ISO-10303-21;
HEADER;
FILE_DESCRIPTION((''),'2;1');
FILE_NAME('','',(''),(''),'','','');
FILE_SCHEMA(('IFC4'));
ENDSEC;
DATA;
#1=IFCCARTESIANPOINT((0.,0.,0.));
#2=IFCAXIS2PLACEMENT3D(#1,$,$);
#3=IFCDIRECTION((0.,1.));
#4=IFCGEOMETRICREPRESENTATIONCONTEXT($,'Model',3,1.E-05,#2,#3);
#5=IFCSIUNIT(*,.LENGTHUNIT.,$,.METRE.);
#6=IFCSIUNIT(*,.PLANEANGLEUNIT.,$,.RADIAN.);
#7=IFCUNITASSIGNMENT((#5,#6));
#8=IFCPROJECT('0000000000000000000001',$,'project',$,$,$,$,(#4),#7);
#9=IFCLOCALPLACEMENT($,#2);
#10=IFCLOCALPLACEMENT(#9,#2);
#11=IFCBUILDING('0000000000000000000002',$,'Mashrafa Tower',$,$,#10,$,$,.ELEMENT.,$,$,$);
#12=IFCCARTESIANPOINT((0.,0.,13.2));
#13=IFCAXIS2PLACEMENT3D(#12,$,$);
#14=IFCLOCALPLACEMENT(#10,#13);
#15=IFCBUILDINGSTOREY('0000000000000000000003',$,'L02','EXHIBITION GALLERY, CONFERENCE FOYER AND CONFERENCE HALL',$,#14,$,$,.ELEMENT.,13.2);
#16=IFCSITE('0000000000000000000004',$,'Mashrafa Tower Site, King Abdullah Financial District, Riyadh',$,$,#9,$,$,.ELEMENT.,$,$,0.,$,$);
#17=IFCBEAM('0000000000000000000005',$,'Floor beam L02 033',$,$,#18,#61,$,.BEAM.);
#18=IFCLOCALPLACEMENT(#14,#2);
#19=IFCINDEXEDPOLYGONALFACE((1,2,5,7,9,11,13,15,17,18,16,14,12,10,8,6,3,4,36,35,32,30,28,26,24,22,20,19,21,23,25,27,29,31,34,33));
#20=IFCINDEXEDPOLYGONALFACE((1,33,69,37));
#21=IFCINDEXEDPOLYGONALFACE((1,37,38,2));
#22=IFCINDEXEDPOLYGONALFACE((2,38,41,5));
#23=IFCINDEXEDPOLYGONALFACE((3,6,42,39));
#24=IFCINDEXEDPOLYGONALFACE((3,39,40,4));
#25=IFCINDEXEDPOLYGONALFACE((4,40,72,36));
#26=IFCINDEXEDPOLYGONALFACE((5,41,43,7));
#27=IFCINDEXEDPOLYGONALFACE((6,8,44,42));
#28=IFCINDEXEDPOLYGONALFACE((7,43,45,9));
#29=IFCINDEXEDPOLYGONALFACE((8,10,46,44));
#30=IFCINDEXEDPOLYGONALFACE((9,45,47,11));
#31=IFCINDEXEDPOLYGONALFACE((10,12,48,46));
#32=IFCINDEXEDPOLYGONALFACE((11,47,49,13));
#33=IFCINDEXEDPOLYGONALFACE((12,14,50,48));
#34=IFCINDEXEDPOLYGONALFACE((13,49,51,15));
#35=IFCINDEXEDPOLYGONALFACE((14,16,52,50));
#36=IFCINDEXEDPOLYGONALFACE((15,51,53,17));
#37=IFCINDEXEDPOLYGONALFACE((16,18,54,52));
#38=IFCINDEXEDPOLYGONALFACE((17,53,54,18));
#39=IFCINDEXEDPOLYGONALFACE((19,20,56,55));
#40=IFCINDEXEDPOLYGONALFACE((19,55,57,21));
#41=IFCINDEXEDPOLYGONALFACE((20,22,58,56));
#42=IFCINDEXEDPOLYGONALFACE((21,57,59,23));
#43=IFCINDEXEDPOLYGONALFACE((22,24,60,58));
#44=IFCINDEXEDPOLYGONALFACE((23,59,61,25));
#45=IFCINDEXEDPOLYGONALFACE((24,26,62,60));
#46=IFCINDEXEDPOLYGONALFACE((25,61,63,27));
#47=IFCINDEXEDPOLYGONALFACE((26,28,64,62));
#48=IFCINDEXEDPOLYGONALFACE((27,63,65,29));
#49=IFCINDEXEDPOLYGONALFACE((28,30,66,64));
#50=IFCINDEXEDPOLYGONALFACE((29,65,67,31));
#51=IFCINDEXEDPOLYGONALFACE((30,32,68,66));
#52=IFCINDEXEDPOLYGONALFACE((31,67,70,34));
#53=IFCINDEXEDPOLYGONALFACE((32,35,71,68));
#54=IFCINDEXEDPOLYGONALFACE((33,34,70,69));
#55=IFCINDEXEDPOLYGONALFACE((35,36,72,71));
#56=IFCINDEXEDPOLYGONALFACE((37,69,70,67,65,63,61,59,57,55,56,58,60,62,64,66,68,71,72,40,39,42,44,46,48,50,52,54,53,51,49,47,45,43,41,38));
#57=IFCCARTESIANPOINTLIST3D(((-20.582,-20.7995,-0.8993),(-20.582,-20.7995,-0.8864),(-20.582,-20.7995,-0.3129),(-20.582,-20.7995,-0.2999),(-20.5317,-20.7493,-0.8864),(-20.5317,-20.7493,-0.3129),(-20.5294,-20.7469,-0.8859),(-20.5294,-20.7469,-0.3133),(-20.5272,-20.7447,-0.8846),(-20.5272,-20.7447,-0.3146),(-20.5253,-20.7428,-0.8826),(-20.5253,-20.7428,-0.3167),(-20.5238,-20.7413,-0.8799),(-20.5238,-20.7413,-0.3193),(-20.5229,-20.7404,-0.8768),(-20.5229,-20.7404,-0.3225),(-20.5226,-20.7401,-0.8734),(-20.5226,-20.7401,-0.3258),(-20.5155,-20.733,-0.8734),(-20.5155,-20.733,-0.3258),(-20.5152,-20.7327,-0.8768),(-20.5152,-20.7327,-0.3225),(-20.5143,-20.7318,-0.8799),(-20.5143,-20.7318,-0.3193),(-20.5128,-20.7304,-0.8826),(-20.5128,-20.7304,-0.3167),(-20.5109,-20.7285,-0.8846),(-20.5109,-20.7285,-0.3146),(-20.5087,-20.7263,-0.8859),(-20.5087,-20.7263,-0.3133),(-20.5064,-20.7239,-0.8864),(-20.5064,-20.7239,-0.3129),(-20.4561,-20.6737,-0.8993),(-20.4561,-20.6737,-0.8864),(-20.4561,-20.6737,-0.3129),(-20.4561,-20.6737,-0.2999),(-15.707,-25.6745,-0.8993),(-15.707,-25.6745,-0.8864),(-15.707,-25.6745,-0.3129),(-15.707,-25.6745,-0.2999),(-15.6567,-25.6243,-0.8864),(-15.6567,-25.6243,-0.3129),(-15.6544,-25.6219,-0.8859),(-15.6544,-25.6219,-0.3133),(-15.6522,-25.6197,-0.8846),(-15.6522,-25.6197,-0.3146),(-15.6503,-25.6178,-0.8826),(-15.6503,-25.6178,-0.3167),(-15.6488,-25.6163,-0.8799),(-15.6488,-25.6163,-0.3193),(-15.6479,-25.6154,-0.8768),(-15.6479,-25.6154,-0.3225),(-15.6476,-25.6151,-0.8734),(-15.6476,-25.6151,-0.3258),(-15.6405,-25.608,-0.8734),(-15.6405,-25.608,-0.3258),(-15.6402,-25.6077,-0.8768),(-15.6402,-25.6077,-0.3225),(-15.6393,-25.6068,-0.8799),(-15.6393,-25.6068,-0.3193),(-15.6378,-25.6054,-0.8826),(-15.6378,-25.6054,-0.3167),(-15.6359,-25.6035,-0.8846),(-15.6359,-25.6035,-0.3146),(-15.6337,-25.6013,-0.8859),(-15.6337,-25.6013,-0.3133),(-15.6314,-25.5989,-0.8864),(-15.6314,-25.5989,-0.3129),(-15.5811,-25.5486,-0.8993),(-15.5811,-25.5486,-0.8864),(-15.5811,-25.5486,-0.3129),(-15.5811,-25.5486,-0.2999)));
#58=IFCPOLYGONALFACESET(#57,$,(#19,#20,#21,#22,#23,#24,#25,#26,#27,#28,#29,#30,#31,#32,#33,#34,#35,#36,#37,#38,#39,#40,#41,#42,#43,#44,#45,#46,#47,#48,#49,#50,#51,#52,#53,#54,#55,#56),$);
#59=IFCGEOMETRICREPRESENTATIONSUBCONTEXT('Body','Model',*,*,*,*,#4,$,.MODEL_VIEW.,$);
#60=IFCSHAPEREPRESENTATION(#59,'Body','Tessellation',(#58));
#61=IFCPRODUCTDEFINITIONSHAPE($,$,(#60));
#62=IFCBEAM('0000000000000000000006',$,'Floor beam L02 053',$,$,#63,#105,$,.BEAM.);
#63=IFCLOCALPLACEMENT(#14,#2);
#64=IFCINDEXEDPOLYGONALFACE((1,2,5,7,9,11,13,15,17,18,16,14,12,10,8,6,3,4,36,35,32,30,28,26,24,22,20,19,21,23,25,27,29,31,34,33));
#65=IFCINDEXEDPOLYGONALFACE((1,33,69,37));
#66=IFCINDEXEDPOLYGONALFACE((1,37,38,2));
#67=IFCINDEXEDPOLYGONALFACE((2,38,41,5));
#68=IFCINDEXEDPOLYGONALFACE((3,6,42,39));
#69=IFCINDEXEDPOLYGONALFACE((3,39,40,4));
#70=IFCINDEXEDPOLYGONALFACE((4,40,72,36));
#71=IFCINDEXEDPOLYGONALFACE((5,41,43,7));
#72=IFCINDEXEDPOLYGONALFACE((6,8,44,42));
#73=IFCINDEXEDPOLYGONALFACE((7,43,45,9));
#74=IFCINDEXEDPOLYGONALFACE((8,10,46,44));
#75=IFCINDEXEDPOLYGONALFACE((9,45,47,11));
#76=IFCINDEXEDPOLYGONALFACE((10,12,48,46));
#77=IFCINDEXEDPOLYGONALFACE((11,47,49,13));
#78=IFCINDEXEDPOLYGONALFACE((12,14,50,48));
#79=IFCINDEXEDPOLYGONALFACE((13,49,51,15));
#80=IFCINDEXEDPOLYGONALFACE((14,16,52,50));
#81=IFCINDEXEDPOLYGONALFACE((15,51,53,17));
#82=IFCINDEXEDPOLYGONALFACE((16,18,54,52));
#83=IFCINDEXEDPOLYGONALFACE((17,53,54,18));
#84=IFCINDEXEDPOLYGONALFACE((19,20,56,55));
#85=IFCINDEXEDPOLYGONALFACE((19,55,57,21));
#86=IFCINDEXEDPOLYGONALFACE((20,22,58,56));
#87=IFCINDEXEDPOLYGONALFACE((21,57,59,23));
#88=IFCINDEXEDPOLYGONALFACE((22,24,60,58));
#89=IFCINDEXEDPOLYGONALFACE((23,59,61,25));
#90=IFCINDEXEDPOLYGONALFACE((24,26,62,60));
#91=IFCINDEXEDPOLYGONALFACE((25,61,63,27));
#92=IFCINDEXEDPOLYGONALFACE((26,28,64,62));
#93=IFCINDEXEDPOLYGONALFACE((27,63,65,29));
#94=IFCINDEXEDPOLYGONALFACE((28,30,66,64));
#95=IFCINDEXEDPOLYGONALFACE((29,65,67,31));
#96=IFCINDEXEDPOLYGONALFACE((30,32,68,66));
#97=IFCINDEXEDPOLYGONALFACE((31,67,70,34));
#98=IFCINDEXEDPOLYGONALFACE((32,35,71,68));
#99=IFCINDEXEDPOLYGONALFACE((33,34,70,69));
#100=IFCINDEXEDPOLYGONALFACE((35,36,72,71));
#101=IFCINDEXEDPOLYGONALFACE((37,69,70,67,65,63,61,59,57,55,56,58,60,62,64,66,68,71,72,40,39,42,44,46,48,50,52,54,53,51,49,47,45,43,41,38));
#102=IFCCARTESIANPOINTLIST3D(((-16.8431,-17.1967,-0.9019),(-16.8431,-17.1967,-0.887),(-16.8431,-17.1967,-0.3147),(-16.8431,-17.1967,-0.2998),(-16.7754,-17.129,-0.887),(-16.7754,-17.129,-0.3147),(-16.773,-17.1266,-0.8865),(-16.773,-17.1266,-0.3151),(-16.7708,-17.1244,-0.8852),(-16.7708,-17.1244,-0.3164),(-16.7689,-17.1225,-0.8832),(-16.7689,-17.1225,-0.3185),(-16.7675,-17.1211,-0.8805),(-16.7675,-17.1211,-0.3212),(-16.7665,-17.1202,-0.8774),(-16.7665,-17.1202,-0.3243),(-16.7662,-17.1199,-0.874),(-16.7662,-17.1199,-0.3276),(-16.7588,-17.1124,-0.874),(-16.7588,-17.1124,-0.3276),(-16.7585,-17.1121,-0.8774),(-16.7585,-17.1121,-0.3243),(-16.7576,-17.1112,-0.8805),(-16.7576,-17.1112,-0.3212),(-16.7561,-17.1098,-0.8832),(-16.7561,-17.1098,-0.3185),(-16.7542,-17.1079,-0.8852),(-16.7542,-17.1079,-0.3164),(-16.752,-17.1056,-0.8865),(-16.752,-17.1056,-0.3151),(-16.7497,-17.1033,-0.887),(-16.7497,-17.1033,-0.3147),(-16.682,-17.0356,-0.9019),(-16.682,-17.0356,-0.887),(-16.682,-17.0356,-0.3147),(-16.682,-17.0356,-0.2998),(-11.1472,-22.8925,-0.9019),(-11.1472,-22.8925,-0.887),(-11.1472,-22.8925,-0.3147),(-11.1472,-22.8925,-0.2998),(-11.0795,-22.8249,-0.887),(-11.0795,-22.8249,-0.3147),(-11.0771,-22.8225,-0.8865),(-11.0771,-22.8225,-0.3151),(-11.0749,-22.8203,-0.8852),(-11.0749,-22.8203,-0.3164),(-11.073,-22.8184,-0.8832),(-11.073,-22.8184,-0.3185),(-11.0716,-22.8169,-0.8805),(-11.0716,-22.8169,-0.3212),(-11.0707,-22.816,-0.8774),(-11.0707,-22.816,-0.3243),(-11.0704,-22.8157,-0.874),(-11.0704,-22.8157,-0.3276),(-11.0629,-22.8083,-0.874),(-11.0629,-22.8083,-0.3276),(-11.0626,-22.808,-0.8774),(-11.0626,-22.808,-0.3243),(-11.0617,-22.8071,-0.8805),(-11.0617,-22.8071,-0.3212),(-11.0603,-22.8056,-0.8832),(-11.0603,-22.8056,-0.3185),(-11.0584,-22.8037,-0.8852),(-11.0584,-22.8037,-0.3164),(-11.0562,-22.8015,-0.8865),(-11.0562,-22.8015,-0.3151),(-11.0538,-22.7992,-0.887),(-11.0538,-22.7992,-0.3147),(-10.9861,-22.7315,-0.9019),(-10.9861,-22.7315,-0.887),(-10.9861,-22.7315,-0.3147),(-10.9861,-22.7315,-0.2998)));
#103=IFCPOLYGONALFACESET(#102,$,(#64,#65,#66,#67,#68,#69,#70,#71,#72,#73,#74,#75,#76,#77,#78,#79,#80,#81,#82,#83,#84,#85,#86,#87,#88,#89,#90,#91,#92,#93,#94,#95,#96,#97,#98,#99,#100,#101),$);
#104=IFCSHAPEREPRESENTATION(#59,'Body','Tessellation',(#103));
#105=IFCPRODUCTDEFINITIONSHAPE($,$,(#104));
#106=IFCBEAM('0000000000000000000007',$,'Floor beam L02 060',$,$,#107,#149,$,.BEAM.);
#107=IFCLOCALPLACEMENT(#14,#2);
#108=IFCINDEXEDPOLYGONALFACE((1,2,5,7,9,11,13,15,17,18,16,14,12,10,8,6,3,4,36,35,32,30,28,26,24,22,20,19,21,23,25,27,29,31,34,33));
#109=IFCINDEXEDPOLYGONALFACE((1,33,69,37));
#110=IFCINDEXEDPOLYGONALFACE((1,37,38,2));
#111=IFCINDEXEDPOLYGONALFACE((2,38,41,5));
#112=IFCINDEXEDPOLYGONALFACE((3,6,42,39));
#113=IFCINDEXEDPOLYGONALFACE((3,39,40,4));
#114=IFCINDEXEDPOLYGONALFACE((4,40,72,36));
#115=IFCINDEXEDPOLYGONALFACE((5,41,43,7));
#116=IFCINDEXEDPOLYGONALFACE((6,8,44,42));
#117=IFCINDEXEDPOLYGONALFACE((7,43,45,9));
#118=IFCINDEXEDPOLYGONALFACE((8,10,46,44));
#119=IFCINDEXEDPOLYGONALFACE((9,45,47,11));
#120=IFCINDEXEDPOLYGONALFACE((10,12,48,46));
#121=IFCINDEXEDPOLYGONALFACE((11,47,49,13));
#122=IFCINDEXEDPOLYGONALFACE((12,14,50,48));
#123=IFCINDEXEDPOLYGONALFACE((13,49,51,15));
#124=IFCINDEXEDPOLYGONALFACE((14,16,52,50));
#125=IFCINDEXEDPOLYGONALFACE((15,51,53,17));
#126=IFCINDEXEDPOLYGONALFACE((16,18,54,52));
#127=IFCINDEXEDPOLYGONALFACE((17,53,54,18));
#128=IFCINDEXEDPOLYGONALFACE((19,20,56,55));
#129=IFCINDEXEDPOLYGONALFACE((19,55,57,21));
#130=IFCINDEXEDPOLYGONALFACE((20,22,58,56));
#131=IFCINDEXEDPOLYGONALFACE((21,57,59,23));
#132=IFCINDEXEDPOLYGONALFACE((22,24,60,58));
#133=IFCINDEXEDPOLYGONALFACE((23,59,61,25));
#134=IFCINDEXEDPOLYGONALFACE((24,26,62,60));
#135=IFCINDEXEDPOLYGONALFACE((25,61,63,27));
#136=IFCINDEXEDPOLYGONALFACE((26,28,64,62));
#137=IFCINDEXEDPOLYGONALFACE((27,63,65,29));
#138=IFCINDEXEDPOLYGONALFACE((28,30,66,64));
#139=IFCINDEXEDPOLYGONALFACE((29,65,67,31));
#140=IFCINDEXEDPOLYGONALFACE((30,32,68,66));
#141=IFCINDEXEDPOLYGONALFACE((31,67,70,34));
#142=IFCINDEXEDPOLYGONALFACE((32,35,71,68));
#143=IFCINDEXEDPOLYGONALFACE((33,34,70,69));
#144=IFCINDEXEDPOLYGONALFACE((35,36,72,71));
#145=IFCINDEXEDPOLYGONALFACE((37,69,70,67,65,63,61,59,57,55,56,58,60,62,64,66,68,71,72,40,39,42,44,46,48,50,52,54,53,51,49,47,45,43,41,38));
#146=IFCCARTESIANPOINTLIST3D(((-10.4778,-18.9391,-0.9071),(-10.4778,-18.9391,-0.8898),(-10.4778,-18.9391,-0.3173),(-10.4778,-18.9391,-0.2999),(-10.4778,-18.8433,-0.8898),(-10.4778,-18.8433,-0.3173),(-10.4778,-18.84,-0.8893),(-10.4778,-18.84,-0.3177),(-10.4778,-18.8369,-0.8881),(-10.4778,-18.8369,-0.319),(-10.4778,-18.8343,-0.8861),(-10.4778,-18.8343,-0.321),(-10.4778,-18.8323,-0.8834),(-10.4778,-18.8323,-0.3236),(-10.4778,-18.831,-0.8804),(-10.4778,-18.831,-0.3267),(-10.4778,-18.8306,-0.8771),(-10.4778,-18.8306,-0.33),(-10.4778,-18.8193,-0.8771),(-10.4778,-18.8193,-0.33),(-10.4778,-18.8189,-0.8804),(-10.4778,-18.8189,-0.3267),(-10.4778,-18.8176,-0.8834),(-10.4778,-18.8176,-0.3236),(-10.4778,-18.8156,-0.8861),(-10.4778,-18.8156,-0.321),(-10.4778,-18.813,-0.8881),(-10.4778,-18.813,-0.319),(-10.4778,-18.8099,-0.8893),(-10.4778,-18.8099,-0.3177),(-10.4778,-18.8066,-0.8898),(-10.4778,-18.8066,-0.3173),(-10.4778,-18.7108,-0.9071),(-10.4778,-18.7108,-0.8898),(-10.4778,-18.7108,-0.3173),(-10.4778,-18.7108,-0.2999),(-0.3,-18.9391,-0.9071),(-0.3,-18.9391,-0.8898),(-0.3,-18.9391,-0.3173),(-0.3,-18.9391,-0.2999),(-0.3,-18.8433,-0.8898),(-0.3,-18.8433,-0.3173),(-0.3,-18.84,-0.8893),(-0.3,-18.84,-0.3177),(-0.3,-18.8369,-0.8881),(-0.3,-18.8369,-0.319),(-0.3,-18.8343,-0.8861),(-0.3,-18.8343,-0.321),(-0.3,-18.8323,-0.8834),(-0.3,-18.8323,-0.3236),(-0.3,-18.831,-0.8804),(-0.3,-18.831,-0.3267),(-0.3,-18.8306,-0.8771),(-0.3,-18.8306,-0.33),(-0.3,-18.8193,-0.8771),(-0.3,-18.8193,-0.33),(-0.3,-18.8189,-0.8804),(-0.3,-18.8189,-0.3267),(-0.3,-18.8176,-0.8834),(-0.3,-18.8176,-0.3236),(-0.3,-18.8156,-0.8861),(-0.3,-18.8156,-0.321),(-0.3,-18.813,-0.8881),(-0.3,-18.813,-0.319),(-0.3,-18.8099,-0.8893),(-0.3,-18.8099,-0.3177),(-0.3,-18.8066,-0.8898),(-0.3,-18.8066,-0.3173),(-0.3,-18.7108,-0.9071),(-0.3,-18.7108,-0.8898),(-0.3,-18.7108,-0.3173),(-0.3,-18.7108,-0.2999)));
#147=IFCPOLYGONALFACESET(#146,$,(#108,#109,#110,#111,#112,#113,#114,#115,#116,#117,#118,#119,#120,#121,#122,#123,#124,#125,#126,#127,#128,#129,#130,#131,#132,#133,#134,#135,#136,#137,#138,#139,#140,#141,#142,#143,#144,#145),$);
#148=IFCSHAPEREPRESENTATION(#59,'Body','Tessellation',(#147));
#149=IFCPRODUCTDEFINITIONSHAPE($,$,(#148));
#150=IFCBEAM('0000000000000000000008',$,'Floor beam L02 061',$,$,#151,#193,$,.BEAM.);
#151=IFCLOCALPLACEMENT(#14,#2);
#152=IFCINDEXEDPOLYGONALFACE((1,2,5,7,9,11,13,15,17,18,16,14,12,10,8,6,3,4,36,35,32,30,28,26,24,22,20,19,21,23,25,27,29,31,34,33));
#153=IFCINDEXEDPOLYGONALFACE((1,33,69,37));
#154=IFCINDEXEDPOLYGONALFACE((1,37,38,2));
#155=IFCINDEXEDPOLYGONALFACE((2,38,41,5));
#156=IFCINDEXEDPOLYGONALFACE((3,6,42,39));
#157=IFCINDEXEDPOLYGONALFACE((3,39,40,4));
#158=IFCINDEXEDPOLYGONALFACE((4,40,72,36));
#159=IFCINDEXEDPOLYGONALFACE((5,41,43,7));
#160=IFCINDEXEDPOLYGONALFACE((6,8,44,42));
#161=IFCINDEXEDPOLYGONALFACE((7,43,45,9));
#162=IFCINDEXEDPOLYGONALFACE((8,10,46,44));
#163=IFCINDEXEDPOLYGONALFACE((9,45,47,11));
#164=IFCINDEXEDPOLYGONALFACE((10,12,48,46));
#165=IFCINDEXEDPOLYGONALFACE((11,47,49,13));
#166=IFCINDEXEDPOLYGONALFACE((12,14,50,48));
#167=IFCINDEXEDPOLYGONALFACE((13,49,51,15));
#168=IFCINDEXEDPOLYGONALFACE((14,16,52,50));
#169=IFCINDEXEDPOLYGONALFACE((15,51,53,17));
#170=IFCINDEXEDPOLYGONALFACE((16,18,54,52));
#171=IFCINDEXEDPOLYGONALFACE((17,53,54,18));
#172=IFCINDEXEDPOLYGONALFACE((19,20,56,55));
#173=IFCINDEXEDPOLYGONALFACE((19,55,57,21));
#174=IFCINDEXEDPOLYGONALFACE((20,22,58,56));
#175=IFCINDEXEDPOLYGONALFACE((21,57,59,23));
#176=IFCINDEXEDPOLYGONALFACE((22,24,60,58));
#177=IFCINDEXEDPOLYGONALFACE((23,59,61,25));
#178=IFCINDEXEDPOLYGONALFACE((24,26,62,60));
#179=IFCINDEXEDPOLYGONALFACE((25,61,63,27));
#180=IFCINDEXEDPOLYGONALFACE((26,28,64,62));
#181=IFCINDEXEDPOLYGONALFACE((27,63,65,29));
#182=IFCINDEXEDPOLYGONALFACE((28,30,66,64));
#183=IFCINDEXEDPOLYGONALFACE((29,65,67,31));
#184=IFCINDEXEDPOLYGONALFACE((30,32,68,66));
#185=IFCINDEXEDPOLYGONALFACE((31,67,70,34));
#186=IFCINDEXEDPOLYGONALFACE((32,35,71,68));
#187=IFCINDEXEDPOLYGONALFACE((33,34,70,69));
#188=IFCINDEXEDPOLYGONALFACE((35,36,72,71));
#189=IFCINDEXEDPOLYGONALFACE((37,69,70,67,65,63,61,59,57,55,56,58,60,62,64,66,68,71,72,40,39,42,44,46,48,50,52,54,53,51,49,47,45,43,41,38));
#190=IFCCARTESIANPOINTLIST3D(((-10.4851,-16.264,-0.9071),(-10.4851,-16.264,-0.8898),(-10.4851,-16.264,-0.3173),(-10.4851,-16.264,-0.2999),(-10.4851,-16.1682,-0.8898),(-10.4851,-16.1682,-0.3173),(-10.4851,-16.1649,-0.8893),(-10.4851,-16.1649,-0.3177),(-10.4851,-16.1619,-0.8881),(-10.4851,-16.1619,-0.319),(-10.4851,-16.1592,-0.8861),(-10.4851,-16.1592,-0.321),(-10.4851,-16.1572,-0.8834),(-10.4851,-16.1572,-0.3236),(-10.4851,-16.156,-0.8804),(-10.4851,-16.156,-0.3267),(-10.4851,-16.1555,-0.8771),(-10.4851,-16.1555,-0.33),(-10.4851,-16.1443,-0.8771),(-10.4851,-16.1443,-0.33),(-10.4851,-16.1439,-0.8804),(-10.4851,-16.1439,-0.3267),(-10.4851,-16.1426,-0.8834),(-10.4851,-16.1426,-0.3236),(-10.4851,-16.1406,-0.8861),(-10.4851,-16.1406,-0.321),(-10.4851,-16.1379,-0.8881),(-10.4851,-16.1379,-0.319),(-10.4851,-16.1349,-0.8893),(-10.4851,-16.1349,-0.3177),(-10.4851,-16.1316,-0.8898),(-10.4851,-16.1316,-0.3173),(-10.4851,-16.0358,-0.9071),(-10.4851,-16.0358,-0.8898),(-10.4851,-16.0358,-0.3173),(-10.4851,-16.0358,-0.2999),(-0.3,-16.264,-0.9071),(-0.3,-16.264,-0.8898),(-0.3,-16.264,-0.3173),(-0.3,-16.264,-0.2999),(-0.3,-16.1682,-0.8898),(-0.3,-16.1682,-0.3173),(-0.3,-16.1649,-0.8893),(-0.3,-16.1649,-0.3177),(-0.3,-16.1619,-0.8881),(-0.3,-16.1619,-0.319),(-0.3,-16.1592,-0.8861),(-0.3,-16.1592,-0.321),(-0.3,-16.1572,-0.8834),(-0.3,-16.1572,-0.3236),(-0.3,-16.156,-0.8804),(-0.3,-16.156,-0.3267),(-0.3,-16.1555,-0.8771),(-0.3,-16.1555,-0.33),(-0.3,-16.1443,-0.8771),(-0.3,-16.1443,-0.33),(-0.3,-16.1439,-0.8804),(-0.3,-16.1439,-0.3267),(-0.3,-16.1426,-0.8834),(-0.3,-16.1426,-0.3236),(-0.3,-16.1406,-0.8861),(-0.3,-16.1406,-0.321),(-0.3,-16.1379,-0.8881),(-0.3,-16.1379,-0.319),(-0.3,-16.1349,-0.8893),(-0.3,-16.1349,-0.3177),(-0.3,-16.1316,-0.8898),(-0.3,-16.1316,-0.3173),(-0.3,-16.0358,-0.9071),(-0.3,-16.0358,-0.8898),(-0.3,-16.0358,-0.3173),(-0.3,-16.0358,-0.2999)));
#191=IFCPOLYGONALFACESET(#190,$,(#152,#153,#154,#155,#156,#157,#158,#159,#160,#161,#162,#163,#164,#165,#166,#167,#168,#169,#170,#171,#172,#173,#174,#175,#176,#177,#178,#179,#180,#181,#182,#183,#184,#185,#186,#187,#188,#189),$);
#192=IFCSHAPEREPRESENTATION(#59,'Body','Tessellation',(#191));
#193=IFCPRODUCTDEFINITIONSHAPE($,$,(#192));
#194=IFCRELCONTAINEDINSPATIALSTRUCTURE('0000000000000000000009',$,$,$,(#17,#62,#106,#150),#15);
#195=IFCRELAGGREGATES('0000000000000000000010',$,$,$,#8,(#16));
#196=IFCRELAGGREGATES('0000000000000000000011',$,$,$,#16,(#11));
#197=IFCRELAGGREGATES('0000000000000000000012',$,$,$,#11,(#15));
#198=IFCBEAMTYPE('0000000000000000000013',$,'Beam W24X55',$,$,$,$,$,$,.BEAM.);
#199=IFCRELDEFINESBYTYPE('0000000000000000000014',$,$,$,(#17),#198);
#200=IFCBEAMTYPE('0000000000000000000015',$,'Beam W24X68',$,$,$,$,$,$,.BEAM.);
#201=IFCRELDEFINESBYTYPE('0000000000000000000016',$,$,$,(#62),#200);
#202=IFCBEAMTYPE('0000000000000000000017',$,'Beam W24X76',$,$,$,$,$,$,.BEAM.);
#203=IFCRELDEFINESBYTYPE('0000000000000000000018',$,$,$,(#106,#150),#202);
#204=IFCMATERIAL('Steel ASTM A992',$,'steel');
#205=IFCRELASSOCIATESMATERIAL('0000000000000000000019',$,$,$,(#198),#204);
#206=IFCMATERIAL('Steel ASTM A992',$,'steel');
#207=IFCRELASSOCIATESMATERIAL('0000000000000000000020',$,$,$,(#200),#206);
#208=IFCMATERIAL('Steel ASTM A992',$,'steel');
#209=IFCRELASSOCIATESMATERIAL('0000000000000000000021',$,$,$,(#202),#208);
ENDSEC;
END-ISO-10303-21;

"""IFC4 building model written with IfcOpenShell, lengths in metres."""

from ifc_helpers import new_model, si_unit, direction, frame, origin, origin_2d, place, context, subcontext, project, spatial, i_section, extrude, material, material_profile, profile_set, type_object, element, save


model = new_model("IFC4")

# Units and contexts
model_context = context("Model", 3, precision=1e-05, world=origin(), true_north=direction((0.0, 1.0)))
body_context = subcontext(model_context, "Body", "Model", "MODEL_VIEW")
ifc_project = project(units=[si_unit("LENGTHUNIT", "METRE"), si_unit("PLANEANGLEUNIT", "RADIAN")], contexts=[model_context])

# Site, building, storey
site_placement = place(None, origin())
site = spatial("IfcSite", under=ifc_project, at=site_placement, Name="Mashrafa Tower Site, King Abdullah Financial District, Riyadh", CompositionType="ELEMENT", RefElevation=0.0)
building_placement = place(site_placement, origin())
building = spatial("IfcBuilding", under=site, at=building_placement, Name="Mashrafa Tower", CompositionType="ELEMENT")
storey_placement = place(building_placement, frame((0.0, 0.0, 13.2)))
storey = spatial("IfcBuildingStorey", under=building, at=storey_placement, Name="L02", Description="EXHIBITION GALLERY, CONFERENCE FOYER AND CONFERENCE HALL", CompositionType="ELEMENT", Elevation=13.2)

# Beams
ifc_material_1 = material(Name="Steel ASTM A992", Category="steel")
ifc_material_profile_1 = material_profile(ifc_material_1, i_section(OverallWidth=0.178, OverallDepth=0.5994, WebThickness=0.01, FlangeThickness=0.0129, FilletRadius=0.0129, at=origin_2d()), Name="W24X55")
ifc_profile_set_1 = profile_set([ifc_material_profile_1], Name="Steel ASTM A992")
beam_type_1 = type_object("IfcBeamType", Name="Beam W24X55", PredefinedType="BEAM", material=ifc_profile_set_1)
beam_1_placement = place(storey_placement, frame((-15.644, -25.6116, -0.5996), z_axis=(-0.707107, 0.707107, 0.0), x_axis=(-0.707107, -0.707107, 0.0)))
element("IfcBeam", 1, at=beam_1_placement, inside=storey, type_object=beam_type_1, Name="Floor beam L02 033", PredefinedType="BEAM", context=body_context, shape_type="SweptSolid", body=[
    extrude(i_section(OverallWidth=0.178, OverallDepth=0.5994, WebThickness=0.01, FlangeThickness=0.0129, FilletRadius=0.0129, at=origin_2d()), origin(), (0.0, 0.0, 1.0), 6.8943),
])
ifc_material_2 = material(Name="Steel ASTM A992", Category="steel")
ifc_material_profile_2 = material_profile(ifc_material_2, i_section(OverallWidth=0.2278, OverallDepth=0.6021, WebThickness=0.0105, FlangeThickness=0.0149, FilletRadius=0.0129, at=origin_2d()), Name="W24X68")
ifc_profile_set_2 = profile_set([ifc_material_profile_2], Name="Steel ASTM A992")
beam_type_2 = type_object("IfcBeamType", Name="Beam W24X68", PredefinedType="BEAM", material=ifc_profile_set_2)
beam_2_placement = place(storey_placement, frame((-11.0667, -22.812, -0.6008), z_axis=(-0.707107, 0.707107, 0.0), x_axis=(-0.707107, -0.707107, 0.0)))
element("IfcBeam", 2, at=beam_2_placement, inside=storey, type_object=beam_type_2, Name="Floor beam L02 053", PredefinedType="BEAM", context=body_context, shape_type="SweptSolid", body=[
    extrude(i_section(OverallWidth=0.2278, OverallDepth=0.6021, WebThickness=0.0105, FlangeThickness=0.0149, FilletRadius=0.0129, at=origin_2d()), origin(), (0.0, 0.0, 1.0), 8.0552),
])
ifc_material_3 = material(Name="Steel ASTM A992", Category="steel")
ifc_material_profile_3 = material_profile(ifc_material_3, i_section(OverallWidth=0.2283, OverallDepth=0.6072, WebThickness=0.0112, FlangeThickness=0.0173, FilletRadius=0.0127, at=origin_2d()), Name="W24X76")
ifc_profile_set_3 = profile_set([ifc_material_profile_3], Name="Steel ASTM A992")
beam_type_3 = type_object("IfcBeamType", Name="Beam W24X76", PredefinedType="BEAM", material=ifc_profile_set_3)
beam_3_placement = place(storey_placement, frame((-0.3, -18.825, -0.6035), z_axis=(-1.0, 0.0, 0.0), x_axis=(0.0, -1.0, 0.0)))
element("IfcBeam", 3, at=beam_3_placement, inside=storey, type_object=beam_type_3, Name="Floor beam L02 060", PredefinedType="BEAM", context=body_context, shape_type="SweptSolid", body=[
    extrude(i_section(OverallWidth=0.2283, OverallDepth=0.6072, WebThickness=0.0112, FlangeThickness=0.0173, FilletRadius=0.0127, at=origin_2d()), origin(), (0.0, 0.0, 1.0), 10.1777),
])
beam_4_placement = place(storey_placement, frame((-0.3, -16.1499, -0.6035), z_axis=(-1.0, 0.0, 0.0), x_axis=(0.0, -1.0, 0.0)))
element("IfcBeam", 4, at=beam_4_placement, inside=storey, type_object=beam_type_3, Name="Floor beam L02 061", PredefinedType="BEAM", context=body_context, shape_type="SweptSolid", body=[
    extrude(i_section(OverallWidth=0.2283, OverallDepth=0.6072, WebThickness=0.0112, FlangeThickness=0.0173, FilletRadius=0.0127, at=origin_2d()), origin(), (0.0, 0.0, 1.0), 10.1851),
])

save(model, "model.ifc")
